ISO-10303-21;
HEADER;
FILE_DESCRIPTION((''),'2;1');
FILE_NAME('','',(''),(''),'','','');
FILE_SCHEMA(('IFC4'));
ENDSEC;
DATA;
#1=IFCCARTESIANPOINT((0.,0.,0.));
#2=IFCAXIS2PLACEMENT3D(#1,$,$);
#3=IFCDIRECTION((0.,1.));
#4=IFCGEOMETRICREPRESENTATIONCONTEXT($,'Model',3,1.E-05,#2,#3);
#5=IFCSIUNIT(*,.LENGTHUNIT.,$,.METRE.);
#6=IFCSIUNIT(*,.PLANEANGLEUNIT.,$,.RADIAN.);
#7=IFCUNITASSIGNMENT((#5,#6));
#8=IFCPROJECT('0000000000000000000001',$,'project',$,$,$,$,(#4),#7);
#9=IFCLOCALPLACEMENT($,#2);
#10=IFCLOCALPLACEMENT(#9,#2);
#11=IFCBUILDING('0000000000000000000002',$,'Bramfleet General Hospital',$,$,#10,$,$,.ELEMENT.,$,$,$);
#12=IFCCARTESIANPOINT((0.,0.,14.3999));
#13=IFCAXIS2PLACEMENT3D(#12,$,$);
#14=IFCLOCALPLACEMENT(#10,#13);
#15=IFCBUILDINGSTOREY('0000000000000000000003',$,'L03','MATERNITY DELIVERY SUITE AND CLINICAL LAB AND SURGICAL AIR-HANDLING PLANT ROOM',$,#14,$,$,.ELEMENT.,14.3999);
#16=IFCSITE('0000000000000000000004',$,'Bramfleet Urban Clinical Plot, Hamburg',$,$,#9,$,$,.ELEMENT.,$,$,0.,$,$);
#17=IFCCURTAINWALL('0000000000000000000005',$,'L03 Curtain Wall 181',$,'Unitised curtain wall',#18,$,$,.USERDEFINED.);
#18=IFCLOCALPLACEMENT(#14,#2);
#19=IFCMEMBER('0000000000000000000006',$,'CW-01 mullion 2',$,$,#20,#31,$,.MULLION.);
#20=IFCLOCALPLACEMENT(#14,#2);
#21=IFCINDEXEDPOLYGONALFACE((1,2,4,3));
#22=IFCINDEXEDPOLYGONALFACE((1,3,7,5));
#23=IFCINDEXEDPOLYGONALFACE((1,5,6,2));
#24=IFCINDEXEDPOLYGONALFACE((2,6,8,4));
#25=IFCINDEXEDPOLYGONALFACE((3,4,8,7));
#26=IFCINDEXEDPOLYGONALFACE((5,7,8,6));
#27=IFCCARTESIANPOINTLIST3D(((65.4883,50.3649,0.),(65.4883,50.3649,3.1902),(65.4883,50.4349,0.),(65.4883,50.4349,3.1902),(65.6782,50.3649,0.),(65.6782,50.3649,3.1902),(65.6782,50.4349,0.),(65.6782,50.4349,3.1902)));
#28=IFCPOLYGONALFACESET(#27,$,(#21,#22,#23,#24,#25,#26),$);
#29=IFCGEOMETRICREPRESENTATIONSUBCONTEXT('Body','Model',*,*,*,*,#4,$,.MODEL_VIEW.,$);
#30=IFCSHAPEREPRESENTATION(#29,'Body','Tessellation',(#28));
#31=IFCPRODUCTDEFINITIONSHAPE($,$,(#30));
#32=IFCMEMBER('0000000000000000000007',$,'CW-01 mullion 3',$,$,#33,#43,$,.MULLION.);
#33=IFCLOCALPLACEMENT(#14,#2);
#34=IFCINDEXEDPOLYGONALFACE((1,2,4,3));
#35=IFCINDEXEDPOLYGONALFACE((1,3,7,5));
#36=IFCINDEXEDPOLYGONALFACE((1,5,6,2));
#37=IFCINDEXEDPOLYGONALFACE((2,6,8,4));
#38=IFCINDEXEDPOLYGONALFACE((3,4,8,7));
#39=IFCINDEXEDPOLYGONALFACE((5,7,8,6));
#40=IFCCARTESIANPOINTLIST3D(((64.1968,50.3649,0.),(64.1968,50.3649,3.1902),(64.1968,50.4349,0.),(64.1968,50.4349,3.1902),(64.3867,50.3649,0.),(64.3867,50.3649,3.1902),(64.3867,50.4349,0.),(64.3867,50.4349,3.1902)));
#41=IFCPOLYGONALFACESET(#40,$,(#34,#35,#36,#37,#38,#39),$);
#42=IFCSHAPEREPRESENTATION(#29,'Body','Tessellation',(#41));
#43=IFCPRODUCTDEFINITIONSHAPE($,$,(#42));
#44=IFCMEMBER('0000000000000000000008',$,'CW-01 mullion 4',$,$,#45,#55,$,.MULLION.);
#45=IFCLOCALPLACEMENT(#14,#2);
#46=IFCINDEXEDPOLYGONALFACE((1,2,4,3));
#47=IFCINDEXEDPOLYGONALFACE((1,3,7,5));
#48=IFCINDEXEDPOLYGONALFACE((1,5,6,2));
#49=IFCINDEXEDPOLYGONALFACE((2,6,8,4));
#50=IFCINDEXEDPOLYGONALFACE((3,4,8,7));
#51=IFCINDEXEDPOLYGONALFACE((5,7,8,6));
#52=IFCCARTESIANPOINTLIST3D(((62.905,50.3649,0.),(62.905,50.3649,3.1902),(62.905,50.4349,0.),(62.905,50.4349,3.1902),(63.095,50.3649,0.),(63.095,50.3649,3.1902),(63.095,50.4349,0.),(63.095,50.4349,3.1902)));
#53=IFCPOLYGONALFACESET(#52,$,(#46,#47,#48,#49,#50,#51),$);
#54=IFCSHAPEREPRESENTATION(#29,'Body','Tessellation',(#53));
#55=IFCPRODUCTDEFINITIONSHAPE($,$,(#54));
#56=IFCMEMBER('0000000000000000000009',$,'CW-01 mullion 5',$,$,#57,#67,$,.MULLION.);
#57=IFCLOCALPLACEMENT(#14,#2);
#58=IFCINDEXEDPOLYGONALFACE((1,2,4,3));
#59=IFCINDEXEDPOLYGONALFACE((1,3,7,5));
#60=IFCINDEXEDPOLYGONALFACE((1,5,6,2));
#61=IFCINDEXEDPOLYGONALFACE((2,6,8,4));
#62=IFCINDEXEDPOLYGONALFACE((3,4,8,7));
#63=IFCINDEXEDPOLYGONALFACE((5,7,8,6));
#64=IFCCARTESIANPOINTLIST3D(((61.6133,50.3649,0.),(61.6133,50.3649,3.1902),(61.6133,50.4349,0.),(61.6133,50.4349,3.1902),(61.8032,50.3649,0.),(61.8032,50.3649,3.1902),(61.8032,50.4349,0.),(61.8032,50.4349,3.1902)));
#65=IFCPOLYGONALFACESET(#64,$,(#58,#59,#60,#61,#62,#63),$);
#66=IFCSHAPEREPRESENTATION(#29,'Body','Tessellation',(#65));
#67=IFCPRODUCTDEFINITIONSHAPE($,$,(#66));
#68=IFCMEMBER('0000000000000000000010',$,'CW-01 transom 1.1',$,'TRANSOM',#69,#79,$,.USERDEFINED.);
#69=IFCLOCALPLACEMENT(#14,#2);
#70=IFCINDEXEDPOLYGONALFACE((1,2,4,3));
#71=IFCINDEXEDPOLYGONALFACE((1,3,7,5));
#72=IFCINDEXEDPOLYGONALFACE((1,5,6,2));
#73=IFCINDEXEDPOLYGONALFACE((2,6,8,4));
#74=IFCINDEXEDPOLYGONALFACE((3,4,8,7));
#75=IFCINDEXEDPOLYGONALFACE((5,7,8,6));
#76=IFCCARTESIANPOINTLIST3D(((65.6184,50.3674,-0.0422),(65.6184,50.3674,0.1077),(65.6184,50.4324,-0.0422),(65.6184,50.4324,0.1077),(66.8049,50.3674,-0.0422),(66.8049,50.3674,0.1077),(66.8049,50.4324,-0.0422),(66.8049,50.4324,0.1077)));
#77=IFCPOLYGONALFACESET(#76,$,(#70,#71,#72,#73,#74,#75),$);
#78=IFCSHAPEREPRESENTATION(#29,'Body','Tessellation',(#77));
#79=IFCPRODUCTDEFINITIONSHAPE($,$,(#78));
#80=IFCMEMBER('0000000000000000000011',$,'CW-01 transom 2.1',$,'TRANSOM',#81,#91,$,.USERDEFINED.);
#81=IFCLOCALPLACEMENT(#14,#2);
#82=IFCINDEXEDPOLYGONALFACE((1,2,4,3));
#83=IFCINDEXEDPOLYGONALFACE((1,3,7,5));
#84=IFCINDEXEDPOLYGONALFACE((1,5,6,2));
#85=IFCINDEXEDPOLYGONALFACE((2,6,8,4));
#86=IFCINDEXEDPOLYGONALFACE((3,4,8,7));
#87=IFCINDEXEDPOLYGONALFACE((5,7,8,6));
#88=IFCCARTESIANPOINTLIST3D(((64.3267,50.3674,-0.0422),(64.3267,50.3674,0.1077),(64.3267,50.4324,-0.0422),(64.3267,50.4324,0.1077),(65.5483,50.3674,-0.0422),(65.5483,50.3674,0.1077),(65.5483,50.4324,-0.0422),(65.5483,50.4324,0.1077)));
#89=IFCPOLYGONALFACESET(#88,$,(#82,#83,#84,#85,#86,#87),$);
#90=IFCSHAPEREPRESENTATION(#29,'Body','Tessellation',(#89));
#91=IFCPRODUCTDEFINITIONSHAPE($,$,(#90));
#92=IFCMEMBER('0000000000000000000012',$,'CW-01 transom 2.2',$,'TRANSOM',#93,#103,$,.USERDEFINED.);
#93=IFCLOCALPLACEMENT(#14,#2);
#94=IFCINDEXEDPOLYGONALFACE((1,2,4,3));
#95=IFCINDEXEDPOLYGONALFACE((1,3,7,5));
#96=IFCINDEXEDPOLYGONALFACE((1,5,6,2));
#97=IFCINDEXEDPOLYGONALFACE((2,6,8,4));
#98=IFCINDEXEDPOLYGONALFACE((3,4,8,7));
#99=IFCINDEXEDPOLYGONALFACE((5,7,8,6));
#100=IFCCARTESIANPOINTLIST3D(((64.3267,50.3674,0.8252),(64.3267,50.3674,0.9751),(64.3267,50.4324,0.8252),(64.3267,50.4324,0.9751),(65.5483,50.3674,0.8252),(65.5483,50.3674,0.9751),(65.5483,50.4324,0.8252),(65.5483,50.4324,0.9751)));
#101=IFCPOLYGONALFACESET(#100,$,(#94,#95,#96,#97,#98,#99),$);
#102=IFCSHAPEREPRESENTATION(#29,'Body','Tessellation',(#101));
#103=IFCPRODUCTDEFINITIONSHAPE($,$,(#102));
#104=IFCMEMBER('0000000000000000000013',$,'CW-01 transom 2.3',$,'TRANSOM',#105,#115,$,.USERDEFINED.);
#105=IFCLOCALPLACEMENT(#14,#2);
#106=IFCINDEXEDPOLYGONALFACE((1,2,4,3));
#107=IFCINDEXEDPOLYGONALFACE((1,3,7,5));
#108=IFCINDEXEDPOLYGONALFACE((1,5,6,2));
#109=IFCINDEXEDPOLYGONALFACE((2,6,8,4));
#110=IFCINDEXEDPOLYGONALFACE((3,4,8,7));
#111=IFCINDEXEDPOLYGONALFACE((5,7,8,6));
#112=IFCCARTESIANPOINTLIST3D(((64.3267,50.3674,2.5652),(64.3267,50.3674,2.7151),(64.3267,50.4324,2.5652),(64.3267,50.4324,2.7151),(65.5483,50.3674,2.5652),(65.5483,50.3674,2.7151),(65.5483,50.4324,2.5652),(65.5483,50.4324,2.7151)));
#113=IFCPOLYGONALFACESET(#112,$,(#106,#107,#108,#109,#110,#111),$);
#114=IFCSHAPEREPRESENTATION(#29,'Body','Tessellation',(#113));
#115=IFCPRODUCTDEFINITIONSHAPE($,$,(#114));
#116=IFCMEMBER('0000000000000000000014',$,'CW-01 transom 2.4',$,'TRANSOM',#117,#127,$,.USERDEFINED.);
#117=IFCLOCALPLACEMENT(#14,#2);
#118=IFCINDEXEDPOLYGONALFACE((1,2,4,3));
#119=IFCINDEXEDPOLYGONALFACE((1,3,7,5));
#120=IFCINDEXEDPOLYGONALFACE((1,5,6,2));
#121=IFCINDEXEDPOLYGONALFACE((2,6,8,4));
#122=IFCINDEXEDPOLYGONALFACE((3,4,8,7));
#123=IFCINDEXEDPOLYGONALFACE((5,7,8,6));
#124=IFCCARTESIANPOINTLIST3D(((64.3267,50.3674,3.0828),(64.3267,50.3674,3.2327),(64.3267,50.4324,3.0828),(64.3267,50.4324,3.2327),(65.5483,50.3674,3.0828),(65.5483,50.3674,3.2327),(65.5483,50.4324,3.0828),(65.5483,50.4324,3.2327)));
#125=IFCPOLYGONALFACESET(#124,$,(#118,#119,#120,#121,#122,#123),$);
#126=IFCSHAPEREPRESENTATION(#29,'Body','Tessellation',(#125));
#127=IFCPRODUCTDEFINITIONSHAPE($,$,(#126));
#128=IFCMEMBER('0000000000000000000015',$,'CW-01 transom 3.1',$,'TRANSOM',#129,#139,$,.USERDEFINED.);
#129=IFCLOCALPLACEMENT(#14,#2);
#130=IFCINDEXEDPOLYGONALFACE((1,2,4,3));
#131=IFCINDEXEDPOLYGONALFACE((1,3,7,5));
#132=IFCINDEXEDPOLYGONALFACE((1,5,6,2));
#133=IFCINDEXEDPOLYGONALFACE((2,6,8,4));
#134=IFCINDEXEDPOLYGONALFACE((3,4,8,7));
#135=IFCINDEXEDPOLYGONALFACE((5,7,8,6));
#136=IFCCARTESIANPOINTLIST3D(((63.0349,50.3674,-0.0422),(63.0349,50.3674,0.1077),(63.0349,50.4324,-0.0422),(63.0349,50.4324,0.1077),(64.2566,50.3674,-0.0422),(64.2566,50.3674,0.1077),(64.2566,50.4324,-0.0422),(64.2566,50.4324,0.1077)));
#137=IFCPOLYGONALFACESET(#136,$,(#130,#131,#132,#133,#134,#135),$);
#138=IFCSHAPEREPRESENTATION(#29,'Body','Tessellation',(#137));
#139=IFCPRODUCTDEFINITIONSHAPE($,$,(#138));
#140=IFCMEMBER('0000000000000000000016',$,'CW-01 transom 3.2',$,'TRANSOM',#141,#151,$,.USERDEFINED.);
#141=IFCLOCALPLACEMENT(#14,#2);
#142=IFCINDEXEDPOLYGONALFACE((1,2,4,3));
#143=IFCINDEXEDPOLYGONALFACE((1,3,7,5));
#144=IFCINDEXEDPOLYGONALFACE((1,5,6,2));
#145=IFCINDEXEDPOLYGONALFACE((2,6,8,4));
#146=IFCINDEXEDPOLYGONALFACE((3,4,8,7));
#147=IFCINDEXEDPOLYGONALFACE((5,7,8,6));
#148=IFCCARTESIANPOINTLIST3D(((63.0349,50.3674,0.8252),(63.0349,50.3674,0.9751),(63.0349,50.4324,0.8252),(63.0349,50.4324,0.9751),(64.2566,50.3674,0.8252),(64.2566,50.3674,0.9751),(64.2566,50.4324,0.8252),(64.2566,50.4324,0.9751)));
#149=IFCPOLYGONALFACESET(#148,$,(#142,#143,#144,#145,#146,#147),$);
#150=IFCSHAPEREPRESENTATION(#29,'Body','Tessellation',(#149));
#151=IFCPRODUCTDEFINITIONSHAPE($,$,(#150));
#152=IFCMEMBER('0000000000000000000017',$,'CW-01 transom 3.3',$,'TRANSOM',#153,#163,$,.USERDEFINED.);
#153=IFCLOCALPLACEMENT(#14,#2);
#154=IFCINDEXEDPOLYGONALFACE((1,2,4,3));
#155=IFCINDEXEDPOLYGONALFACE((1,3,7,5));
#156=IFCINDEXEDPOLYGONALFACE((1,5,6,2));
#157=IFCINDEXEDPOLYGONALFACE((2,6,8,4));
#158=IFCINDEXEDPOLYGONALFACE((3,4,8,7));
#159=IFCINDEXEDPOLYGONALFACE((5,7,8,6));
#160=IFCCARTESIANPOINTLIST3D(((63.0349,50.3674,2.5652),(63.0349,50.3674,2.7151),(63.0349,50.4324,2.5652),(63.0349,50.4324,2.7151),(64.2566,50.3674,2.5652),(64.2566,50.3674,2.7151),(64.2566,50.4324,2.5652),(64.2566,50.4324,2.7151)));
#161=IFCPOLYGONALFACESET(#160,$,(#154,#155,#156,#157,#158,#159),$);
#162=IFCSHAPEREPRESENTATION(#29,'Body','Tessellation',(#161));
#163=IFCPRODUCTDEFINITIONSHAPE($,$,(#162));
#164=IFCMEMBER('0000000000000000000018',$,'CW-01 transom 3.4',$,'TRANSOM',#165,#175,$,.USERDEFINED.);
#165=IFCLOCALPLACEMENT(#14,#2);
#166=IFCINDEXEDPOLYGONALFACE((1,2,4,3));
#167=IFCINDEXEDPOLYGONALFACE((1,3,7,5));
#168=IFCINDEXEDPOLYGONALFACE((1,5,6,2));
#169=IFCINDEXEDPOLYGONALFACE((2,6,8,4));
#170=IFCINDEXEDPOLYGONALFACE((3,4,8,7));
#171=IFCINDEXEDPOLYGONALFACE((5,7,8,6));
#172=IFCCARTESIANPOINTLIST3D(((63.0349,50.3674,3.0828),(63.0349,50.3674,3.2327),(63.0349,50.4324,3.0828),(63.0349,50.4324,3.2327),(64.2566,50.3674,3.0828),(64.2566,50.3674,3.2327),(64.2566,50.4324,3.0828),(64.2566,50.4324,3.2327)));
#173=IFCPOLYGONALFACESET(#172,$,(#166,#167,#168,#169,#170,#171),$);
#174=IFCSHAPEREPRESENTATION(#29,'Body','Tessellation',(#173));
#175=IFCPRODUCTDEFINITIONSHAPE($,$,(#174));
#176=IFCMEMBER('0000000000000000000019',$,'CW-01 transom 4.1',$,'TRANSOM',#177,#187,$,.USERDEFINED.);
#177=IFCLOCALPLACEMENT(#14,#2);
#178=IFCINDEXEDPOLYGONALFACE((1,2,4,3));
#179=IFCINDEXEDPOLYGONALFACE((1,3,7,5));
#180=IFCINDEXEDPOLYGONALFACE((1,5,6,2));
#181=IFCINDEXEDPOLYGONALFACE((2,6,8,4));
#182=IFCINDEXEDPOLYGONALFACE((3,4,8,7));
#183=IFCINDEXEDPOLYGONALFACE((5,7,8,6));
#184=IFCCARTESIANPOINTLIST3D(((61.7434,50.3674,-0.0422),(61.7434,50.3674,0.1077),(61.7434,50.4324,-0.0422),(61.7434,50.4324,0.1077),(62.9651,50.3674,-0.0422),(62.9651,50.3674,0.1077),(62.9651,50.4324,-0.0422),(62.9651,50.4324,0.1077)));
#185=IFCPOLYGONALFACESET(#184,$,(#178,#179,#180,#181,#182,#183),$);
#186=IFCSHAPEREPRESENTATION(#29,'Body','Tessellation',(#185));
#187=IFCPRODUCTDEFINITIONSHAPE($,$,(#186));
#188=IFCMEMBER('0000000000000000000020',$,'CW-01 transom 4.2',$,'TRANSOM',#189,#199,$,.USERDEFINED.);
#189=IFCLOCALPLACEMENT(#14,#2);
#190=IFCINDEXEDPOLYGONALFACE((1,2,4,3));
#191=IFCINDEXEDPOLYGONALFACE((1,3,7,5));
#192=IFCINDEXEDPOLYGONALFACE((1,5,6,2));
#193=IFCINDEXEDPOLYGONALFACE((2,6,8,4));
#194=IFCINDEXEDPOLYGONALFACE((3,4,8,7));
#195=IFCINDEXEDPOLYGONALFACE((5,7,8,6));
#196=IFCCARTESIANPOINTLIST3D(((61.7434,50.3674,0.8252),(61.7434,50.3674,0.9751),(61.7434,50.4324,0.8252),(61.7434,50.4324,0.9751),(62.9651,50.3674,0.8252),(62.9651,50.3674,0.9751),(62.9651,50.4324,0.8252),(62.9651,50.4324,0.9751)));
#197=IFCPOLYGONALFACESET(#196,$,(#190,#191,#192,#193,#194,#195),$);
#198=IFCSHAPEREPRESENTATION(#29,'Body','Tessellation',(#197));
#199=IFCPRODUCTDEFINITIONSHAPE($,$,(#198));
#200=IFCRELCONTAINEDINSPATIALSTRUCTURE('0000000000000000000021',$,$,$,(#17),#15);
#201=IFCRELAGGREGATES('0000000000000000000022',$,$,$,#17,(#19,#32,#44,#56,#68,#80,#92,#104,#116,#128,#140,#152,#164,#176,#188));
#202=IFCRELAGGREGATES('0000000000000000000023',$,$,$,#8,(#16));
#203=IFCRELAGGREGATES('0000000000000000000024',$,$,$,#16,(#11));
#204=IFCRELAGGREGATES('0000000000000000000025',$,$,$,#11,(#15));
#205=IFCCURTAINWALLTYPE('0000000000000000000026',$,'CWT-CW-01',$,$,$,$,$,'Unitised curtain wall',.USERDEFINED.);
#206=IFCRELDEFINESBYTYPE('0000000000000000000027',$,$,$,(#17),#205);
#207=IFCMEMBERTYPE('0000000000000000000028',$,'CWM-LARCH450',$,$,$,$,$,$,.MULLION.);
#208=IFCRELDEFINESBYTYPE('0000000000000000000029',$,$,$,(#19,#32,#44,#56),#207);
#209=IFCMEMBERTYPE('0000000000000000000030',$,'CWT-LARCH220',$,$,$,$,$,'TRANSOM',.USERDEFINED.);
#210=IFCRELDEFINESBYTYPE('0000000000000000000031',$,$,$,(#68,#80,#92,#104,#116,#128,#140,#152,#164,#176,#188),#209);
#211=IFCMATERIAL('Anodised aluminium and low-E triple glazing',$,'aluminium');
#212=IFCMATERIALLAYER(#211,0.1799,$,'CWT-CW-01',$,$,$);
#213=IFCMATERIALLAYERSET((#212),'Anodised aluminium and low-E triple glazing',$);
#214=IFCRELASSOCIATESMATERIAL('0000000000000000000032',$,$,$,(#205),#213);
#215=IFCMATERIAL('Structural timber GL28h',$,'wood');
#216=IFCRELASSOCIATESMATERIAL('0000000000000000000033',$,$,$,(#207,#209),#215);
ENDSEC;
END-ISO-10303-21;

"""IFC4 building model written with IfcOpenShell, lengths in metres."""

from ifc_helpers import new_model, si_unit, direction, frame, origin, origin_2d, place, context, subcontext, project, spatial, rectangle, extrude, material, layer, layer_set, material_profile, profile_set, type_object, element, aggregate, save


model = new_model("IFC4")

# Units and contexts
model_context = context("Model", 3, precision=1e-05, world=origin(), true_north=direction((0.0, 1.0)))
body_context = subcontext(model_context, "Body", "Model", "MODEL_VIEW")
ifc_project = project(units=[si_unit("LENGTHUNIT", "METRE"), si_unit("PLANEANGLEUNIT", "RADIAN")], contexts=[model_context])

# Site, building, storey
site_placement = place(None, origin())
site = spatial("IfcSite", under=ifc_project, at=site_placement, Name="Bramfleet Urban Clinical Plot, Hamburg", CompositionType="ELEMENT", RefElevation=0.0)
building_placement = place(site_placement, origin())
building = spatial("IfcBuilding", under=site, at=building_placement, Name="Bramfleet General Hospital", CompositionType="ELEMENT")
storey_placement = place(building_placement, frame((0.0, 0.0, 14.3999)))
storey = spatial("IfcBuildingStorey", under=building, at=storey_placement, Name="L03", Description="MATERNITY DELIVERY SUITE AND CLINICAL LAB AND SURGICAL AIR-HANDLING PLANT ROOM", CompositionType="ELEMENT", Elevation=14.3999)

# Curtain wall, members
ifc_material_1 = material(Name="Anodised aluminium and low-E triple glazing", Category="aluminium")
ifc_layer_1 = layer(ifc_material_1, 0.1799, Name="CWT-CW-01")
ifc_layer_set_1 = layer_set([ifc_layer_1], Name="Anodised aluminium and low-E triple glazing")
curtain_wall_type = type_object("IfcCurtainWallType", Name="CWT-CW-01", ElementType="Unitised curtain wall", PredefinedType="USERDEFINED", material=ifc_layer_set_1)
curtain_wall_placement = place(storey_placement, origin())
curtain_wall = element("IfcCurtainWall", 1, at=curtain_wall_placement, inside=storey, type_object=curtain_wall_type, Name="L03 Curtain Wall 181", ObjectType="Unitised curtain wall", PredefinedType="USERDEFINED")
ifc_material_2 = material(Name="Structural timber GL28h", Category="wood")
ifc_material_profile_1 = material_profile(ifc_material_2, rectangle(XDim=0.0701, YDim=0.1899, at=origin_2d()), Name="LARCH 190x70")
ifc_profile_set_1 = profile_set([ifc_material_profile_1], Name="Structural timber GL28h")
member_type_1 = type_object("IfcMemberType", Name="CWM-LARCH450", PredefinedType="MULLION", material=ifc_profile_set_1)
member_1_placement = place(storey_placement, frame((65.5833, 50.3999, 0.0), z_axis=(0.0, 0.0, 1.0), x_axis=(0.0, -1.0, 0.0)))
member_1 = element("IfcMember", 2, at=member_1_placement, type_object=member_type_1, Name="CW-01 mullion 2", PredefinedType="MULLION", context=body_context, shape_type="SweptSolid", body=[
    extrude(rectangle(XDim=0.0701, YDim=0.1899, at=origin_2d()), origin(), (0.0, 0.0, 1.0), 3.1902),
])
member_2_placement = place(storey_placement, frame((64.2917, 50.3999, 0.0), z_axis=(0.0, 0.0, 1.0), x_axis=(0.0, -1.0, 0.0)))
member_2 = element("IfcMember", 3, at=member_2_placement, type_object=member_type_1, Name="CW-01 mullion 3", PredefinedType="MULLION", context=body_context, shape_type="SweptSolid", body=[
    extrude(rectangle(XDim=0.0701, YDim=0.1899, at=origin_2d()), origin(), (0.0, 0.0, 1.0), 3.1902),
])
member_3_placement = place(storey_placement, frame((63.0, 50.3999, 0.0), z_axis=(0.0, 0.0, 1.0), x_axis=(0.0, -1.0, 0.0)))
member_3 = element("IfcMember", 4, at=member_3_placement, type_object=member_type_1, Name="CW-01 mullion 4", PredefinedType="MULLION", context=body_context, shape_type="SweptSolid", body=[
    extrude(rectangle(XDim=0.0701, YDim=0.1899, at=origin_2d()), origin(), (0.0, 0.0, 1.0), 3.1902),
])
member_4_placement = place(storey_placement, frame((61.7083, 50.3999, 0.0), z_axis=(0.0, 0.0, 1.0), x_axis=(0.0, -1.0, 0.0)))
member_4 = element("IfcMember", 5, at=member_4_placement, type_object=member_type_1, Name="CW-01 mullion 5", PredefinedType="MULLION", context=body_context, shape_type="SweptSolid", body=[
    extrude(rectangle(XDim=0.0701, YDim=0.1899, at=origin_2d()), origin(), (0.0, 0.0, 1.0), 3.1902),
])
ifc_material_profile_2 = material_profile(ifc_material_2, rectangle(XDim=0.0649, YDim=0.1499, at=origin_2d()), Name="LARCH 150x65")
ifc_profile_set_2 = profile_set([ifc_material_profile_2], Name="Structural timber GL28h")
member_type_2 = type_object("IfcMemberType", Name="CWT-LARCH220", ElementType="TRANSOM", PredefinedType="USERDEFINED", material=ifc_profile_set_2)
member_5_placement = place(storey_placement, frame((66.8049, 50.3999, 0.0327), z_axis=(-1.0, 0.0, 0.0), x_axis=(0.0, -1.0, 0.0)))
member_5 = element("IfcMember", 6, at=member_5_placement, type_object=member_type_2, Name="CW-01 transom 1.1", ObjectType="TRANSOM", PredefinedType="USERDEFINED", context=body_context, shape_type="SweptSolid", body=[
    extrude(rectangle(XDim=0.0649, YDim=0.1499, at=origin_2d()), origin(), (0.0, 0.0, 1.0), 1.1865),
])
member_6_placement = place(storey_placement, frame((65.5483, 50.3999, 0.0327), z_axis=(-1.0, 0.0, 0.0), x_axis=(0.0, -1.0, 0.0)))
member_6 = element("IfcMember", 7, at=member_6_placement, type_object=member_type_2, Name="CW-01 transom 2.1", ObjectType="TRANSOM", PredefinedType="USERDEFINED", context=body_context, shape_type="SweptSolid", body=[
    extrude(rectangle(XDim=0.0649, YDim=0.1499, at=origin_2d()), origin(), (0.0, 0.0, 1.0), 1.2217),
])
member_7_placement = place(storey_placement, frame((65.5483, 50.3999, 0.9001), z_axis=(-1.0, 0.0, 0.0), x_axis=(0.0, -1.0, 0.0)))
member_7 = element("IfcMember", 8, at=member_7_placement, type_object=member_type_2, Name="CW-01 transom 2.2", ObjectType="TRANSOM", PredefinedType="USERDEFINED", context=body_context, shape_type="SweptSolid", body=[
    extrude(rectangle(XDim=0.0649, YDim=0.1499, at=origin_2d()), origin(), (0.0, 0.0, 1.0), 1.2217),
])
member_8_placement = place(storey_placement, frame((65.5483, 50.3999, 2.6401), z_axis=(-1.0, 0.0, 0.0), x_axis=(0.0, -1.0, 0.0)))
member_8 = element("IfcMember", 9, at=member_8_placement, type_object=member_type_2, Name="CW-01 transom 2.3", ObjectType="TRANSOM", PredefinedType="USERDEFINED", context=body_context, shape_type="SweptSolid", body=[
    extrude(rectangle(XDim=0.0649, YDim=0.1499, at=origin_2d()), origin(), (0.0, 0.0, 1.0), 1.2217),
])
member_9_placement = place(storey_placement, frame((65.5483, 50.3999, 3.1577), z_axis=(-1.0, 0.0, 0.0), x_axis=(0.0, -1.0, 0.0)))
member_9 = element("IfcMember", 10, at=member_9_placement, type_object=member_type_2, Name="CW-01 transom 2.4", ObjectType="TRANSOM", PredefinedType="USERDEFINED", context=body_context, shape_type="SweptSolid", body=[
    extrude(rectangle(XDim=0.0649, YDim=0.1499, at=origin_2d()), origin(), (0.0, 0.0, 1.0), 1.2217),
])
member_10_placement = place(storey_placement, frame((64.2566, 50.3999, 0.0327), z_axis=(-1.0, 0.0, 0.0), x_axis=(0.0, -1.0, 0.0)))
member_10 = element("IfcMember", 11, at=member_10_placement, type_object=member_type_2, Name="CW-01 transom 3.1", ObjectType="TRANSOM", PredefinedType="USERDEFINED", context=body_context, shape_type="SweptSolid", body=[
    extrude(rectangle(XDim=0.0649, YDim=0.1499, at=origin_2d()), origin(), (0.0, 0.0, 1.0), 1.2217),
])
member_11_placement = place(storey_placement, frame((64.2566, 50.3999, 0.9001), z_axis=(-1.0, 0.0, 0.0), x_axis=(0.0, -1.0, 0.0)))
member_11 = element("IfcMember", 12, at=member_11_placement, type_object=member_type_2, Name="CW-01 transom 3.2", ObjectType="TRANSOM", PredefinedType="USERDEFINED", context=body_context, shape_type="SweptSolid", body=[
    extrude(rectangle(XDim=0.0649, YDim=0.1499, at=origin_2d()), origin(), (0.0, 0.0, 1.0), 1.2217),
])
member_12_placement = place(storey_placement, frame((64.2566, 50.3999, 2.6401), z_axis=(-1.0, 0.0, 0.0), x_axis=(0.0, -1.0, 0.0)))
member_12 = element("IfcMember", 13, at=member_12_placement, type_object=member_type_2, Name="CW-01 transom 3.3", ObjectType="TRANSOM", PredefinedType="USERDEFINED", context=body_context, shape_type="SweptSolid", body=[
    extrude(rectangle(XDim=0.0649, YDim=0.1499, at=origin_2d()), origin(), (0.0, 0.0, 1.0), 1.2217),
])
member_13_placement = place(storey_placement, frame((64.2566, 50.3999, 3.1577), z_axis=(-1.0, 0.0, 0.0), x_axis=(0.0, -1.0, 0.0)))
member_13 = element("IfcMember", 14, at=member_13_placement, type_object=member_type_2, Name="CW-01 transom 3.4", ObjectType="TRANSOM", PredefinedType="USERDEFINED", context=body_context, shape_type="SweptSolid", body=[
    extrude(rectangle(XDim=0.0649, YDim=0.1499, at=origin_2d()), origin(), (0.0, 0.0, 1.0), 1.2217),
])
member_14_placement = place(storey_placement, frame((62.9651, 50.3999, 0.0327), z_axis=(-1.0, 0.0, 0.0), x_axis=(0.0, -1.0, 0.0)))
member_14 = element("IfcMember", 15, at=member_14_placement, type_object=member_type_2, Name="CW-01 transom 4.1", ObjectType="TRANSOM", PredefinedType="USERDEFINED", context=body_context, shape_type="SweptSolid", body=[
    extrude(rectangle(XDim=0.0649, YDim=0.1499, at=origin_2d()), origin(), (0.0, 0.0, 1.0), 1.2217),
])
member_15_placement = place(storey_placement, frame((62.9651, 50.3999, 0.9001), z_axis=(-1.0, 0.0, 0.0), x_axis=(0.0, -1.0, 0.0)))
member_15 = element("IfcMember", 16, at=member_15_placement, type_object=member_type_2, Name="CW-01 transom 4.2", ObjectType="TRANSOM", PredefinedType="USERDEFINED", context=body_context, shape_type="SweptSolid", body=[
    extrude(rectangle(XDim=0.0649, YDim=0.1499, at=origin_2d()), origin(), (0.0, 0.0, 1.0), 1.2217),
])
aggregate(curtain_wall, [member_1, member_2, member_3, member_4, member_5, member_6, member_7, member_8, member_9, member_10, member_11, member_12, member_13, member_14, member_15])

save(model, "model.ifc")
